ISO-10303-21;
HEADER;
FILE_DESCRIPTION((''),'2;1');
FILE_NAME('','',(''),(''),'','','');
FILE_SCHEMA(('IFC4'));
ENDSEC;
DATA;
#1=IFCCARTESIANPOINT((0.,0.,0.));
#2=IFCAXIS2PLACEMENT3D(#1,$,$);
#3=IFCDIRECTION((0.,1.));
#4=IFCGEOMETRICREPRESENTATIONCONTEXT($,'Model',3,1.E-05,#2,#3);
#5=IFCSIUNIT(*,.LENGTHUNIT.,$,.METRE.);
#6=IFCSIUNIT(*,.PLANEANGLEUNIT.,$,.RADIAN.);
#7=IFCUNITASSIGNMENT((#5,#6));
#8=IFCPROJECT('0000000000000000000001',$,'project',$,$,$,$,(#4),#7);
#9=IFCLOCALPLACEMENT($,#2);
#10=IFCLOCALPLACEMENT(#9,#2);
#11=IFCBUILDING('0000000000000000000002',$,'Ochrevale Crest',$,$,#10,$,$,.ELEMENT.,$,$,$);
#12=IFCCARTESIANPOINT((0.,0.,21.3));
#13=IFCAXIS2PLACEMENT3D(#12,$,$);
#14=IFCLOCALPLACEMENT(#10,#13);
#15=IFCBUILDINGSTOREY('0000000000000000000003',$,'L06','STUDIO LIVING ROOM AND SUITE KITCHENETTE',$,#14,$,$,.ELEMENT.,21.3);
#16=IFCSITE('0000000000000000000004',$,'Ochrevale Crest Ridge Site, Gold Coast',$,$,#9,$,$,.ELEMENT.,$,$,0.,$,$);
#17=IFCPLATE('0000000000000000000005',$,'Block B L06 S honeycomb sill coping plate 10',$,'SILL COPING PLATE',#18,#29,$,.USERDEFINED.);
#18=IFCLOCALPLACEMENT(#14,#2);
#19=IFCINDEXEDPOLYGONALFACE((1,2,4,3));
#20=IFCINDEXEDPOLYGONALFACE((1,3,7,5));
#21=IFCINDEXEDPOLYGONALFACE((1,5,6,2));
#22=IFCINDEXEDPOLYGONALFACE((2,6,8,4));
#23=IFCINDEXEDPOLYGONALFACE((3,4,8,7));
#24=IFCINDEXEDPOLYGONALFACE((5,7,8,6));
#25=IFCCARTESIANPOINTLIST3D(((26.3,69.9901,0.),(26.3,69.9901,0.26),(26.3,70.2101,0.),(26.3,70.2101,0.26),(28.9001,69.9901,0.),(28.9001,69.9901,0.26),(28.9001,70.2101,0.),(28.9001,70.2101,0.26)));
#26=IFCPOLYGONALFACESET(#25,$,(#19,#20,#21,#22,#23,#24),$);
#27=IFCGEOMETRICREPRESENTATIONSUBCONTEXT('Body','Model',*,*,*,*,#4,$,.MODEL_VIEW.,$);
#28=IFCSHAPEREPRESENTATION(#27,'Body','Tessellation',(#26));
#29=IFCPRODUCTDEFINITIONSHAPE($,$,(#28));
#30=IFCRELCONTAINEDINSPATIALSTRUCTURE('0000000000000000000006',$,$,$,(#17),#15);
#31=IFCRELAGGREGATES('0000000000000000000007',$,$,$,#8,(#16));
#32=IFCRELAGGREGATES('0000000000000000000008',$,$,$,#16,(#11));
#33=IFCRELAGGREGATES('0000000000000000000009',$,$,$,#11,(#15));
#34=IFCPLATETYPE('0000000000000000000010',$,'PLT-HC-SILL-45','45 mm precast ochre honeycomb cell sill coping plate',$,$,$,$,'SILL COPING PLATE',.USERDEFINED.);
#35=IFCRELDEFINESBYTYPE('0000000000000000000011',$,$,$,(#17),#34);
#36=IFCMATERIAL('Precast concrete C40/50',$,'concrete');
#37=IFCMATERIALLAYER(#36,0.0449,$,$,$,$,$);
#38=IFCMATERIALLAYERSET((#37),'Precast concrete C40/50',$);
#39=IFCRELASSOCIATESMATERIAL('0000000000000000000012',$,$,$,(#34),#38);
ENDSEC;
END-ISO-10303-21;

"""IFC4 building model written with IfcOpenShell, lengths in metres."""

from ifc_helpers import new_model, si_unit, direction, frame, origin, origin_2d, place, context, subcontext, project, spatial, rectangle, extrude, material, layer, layer_set, type_object, element, save


model = new_model("IFC4")

# Units and contexts
model_context = context("Model", 3, precision=1e-05, world=origin(), true_north=direction((0.0, 1.0)))
body_context = subcontext(model_context, "Body", "Model", "MODEL_VIEW")
ifc_project = project(units=[si_unit("LENGTHUNIT", "METRE"), si_unit("PLANEANGLEUNIT", "RADIAN")], contexts=[model_context])

# Site, building, storey
site_placement = place(None, origin())
site = spatial("IfcSite", under=ifc_project, at=site_placement, Name="Ochrevale Crest Ridge Site, Gold Coast", CompositionType="ELEMENT", RefElevation=0.0)
building_placement = place(site_placement, origin())
building = spatial("IfcBuilding", under=site, at=building_placement, Name="Ochrevale Crest", CompositionType="ELEMENT")
storey_placement = place(building_placement, frame((0.0, 0.0, 21.3)))
storey = spatial("IfcBuildingStorey", under=building, at=storey_placement, Name="L06", Description="STUDIO LIVING ROOM AND SUITE KITCHENETTE", CompositionType="ELEMENT", Elevation=21.3)

# Plate
ifc_material = material(Name="Precast concrete C40/50", Category="concrete")
ifc_layer_1 = layer(ifc_material, 0.0449)
ifc_layer_set_1 = layer_set([ifc_layer_1], Name="Precast concrete C40/50")
plate_type_1 = type_object("IfcPlateType", Name="PLT-HC-SILL-45", Description="45 mm precast ochre honeycomb cell sill coping plate", ElementType="SILL COPING PLATE", PredefinedType="USERDEFINED", material=ifc_layer_set_1)
for number, where, z_axis, x_axis, name in (
    (1, (27.6001, 70.1001, 0.0), (0.0, 0.0, 1.0), (1.0, 0.0, 0.0), "Block B L06 S honeycomb sill coping plate 10"),
):
    element("IfcPlate", number, at=place(storey_placement, frame(where, z_axis=z_axis, x_axis=x_axis)), inside=storey, type_object=plate_type_1, Name=name, ObjectType="SILL COPING PLATE", PredefinedType="USERDEFINED", context=body_context, shape_type="SweptSolid", body=[
        extrude(rectangle(XDim=2.6001, YDim=0.22, at=origin_2d()), origin(), (0.0, 0.0, 1.0), 0.26),
    ])

save(model, "model.ifc")
